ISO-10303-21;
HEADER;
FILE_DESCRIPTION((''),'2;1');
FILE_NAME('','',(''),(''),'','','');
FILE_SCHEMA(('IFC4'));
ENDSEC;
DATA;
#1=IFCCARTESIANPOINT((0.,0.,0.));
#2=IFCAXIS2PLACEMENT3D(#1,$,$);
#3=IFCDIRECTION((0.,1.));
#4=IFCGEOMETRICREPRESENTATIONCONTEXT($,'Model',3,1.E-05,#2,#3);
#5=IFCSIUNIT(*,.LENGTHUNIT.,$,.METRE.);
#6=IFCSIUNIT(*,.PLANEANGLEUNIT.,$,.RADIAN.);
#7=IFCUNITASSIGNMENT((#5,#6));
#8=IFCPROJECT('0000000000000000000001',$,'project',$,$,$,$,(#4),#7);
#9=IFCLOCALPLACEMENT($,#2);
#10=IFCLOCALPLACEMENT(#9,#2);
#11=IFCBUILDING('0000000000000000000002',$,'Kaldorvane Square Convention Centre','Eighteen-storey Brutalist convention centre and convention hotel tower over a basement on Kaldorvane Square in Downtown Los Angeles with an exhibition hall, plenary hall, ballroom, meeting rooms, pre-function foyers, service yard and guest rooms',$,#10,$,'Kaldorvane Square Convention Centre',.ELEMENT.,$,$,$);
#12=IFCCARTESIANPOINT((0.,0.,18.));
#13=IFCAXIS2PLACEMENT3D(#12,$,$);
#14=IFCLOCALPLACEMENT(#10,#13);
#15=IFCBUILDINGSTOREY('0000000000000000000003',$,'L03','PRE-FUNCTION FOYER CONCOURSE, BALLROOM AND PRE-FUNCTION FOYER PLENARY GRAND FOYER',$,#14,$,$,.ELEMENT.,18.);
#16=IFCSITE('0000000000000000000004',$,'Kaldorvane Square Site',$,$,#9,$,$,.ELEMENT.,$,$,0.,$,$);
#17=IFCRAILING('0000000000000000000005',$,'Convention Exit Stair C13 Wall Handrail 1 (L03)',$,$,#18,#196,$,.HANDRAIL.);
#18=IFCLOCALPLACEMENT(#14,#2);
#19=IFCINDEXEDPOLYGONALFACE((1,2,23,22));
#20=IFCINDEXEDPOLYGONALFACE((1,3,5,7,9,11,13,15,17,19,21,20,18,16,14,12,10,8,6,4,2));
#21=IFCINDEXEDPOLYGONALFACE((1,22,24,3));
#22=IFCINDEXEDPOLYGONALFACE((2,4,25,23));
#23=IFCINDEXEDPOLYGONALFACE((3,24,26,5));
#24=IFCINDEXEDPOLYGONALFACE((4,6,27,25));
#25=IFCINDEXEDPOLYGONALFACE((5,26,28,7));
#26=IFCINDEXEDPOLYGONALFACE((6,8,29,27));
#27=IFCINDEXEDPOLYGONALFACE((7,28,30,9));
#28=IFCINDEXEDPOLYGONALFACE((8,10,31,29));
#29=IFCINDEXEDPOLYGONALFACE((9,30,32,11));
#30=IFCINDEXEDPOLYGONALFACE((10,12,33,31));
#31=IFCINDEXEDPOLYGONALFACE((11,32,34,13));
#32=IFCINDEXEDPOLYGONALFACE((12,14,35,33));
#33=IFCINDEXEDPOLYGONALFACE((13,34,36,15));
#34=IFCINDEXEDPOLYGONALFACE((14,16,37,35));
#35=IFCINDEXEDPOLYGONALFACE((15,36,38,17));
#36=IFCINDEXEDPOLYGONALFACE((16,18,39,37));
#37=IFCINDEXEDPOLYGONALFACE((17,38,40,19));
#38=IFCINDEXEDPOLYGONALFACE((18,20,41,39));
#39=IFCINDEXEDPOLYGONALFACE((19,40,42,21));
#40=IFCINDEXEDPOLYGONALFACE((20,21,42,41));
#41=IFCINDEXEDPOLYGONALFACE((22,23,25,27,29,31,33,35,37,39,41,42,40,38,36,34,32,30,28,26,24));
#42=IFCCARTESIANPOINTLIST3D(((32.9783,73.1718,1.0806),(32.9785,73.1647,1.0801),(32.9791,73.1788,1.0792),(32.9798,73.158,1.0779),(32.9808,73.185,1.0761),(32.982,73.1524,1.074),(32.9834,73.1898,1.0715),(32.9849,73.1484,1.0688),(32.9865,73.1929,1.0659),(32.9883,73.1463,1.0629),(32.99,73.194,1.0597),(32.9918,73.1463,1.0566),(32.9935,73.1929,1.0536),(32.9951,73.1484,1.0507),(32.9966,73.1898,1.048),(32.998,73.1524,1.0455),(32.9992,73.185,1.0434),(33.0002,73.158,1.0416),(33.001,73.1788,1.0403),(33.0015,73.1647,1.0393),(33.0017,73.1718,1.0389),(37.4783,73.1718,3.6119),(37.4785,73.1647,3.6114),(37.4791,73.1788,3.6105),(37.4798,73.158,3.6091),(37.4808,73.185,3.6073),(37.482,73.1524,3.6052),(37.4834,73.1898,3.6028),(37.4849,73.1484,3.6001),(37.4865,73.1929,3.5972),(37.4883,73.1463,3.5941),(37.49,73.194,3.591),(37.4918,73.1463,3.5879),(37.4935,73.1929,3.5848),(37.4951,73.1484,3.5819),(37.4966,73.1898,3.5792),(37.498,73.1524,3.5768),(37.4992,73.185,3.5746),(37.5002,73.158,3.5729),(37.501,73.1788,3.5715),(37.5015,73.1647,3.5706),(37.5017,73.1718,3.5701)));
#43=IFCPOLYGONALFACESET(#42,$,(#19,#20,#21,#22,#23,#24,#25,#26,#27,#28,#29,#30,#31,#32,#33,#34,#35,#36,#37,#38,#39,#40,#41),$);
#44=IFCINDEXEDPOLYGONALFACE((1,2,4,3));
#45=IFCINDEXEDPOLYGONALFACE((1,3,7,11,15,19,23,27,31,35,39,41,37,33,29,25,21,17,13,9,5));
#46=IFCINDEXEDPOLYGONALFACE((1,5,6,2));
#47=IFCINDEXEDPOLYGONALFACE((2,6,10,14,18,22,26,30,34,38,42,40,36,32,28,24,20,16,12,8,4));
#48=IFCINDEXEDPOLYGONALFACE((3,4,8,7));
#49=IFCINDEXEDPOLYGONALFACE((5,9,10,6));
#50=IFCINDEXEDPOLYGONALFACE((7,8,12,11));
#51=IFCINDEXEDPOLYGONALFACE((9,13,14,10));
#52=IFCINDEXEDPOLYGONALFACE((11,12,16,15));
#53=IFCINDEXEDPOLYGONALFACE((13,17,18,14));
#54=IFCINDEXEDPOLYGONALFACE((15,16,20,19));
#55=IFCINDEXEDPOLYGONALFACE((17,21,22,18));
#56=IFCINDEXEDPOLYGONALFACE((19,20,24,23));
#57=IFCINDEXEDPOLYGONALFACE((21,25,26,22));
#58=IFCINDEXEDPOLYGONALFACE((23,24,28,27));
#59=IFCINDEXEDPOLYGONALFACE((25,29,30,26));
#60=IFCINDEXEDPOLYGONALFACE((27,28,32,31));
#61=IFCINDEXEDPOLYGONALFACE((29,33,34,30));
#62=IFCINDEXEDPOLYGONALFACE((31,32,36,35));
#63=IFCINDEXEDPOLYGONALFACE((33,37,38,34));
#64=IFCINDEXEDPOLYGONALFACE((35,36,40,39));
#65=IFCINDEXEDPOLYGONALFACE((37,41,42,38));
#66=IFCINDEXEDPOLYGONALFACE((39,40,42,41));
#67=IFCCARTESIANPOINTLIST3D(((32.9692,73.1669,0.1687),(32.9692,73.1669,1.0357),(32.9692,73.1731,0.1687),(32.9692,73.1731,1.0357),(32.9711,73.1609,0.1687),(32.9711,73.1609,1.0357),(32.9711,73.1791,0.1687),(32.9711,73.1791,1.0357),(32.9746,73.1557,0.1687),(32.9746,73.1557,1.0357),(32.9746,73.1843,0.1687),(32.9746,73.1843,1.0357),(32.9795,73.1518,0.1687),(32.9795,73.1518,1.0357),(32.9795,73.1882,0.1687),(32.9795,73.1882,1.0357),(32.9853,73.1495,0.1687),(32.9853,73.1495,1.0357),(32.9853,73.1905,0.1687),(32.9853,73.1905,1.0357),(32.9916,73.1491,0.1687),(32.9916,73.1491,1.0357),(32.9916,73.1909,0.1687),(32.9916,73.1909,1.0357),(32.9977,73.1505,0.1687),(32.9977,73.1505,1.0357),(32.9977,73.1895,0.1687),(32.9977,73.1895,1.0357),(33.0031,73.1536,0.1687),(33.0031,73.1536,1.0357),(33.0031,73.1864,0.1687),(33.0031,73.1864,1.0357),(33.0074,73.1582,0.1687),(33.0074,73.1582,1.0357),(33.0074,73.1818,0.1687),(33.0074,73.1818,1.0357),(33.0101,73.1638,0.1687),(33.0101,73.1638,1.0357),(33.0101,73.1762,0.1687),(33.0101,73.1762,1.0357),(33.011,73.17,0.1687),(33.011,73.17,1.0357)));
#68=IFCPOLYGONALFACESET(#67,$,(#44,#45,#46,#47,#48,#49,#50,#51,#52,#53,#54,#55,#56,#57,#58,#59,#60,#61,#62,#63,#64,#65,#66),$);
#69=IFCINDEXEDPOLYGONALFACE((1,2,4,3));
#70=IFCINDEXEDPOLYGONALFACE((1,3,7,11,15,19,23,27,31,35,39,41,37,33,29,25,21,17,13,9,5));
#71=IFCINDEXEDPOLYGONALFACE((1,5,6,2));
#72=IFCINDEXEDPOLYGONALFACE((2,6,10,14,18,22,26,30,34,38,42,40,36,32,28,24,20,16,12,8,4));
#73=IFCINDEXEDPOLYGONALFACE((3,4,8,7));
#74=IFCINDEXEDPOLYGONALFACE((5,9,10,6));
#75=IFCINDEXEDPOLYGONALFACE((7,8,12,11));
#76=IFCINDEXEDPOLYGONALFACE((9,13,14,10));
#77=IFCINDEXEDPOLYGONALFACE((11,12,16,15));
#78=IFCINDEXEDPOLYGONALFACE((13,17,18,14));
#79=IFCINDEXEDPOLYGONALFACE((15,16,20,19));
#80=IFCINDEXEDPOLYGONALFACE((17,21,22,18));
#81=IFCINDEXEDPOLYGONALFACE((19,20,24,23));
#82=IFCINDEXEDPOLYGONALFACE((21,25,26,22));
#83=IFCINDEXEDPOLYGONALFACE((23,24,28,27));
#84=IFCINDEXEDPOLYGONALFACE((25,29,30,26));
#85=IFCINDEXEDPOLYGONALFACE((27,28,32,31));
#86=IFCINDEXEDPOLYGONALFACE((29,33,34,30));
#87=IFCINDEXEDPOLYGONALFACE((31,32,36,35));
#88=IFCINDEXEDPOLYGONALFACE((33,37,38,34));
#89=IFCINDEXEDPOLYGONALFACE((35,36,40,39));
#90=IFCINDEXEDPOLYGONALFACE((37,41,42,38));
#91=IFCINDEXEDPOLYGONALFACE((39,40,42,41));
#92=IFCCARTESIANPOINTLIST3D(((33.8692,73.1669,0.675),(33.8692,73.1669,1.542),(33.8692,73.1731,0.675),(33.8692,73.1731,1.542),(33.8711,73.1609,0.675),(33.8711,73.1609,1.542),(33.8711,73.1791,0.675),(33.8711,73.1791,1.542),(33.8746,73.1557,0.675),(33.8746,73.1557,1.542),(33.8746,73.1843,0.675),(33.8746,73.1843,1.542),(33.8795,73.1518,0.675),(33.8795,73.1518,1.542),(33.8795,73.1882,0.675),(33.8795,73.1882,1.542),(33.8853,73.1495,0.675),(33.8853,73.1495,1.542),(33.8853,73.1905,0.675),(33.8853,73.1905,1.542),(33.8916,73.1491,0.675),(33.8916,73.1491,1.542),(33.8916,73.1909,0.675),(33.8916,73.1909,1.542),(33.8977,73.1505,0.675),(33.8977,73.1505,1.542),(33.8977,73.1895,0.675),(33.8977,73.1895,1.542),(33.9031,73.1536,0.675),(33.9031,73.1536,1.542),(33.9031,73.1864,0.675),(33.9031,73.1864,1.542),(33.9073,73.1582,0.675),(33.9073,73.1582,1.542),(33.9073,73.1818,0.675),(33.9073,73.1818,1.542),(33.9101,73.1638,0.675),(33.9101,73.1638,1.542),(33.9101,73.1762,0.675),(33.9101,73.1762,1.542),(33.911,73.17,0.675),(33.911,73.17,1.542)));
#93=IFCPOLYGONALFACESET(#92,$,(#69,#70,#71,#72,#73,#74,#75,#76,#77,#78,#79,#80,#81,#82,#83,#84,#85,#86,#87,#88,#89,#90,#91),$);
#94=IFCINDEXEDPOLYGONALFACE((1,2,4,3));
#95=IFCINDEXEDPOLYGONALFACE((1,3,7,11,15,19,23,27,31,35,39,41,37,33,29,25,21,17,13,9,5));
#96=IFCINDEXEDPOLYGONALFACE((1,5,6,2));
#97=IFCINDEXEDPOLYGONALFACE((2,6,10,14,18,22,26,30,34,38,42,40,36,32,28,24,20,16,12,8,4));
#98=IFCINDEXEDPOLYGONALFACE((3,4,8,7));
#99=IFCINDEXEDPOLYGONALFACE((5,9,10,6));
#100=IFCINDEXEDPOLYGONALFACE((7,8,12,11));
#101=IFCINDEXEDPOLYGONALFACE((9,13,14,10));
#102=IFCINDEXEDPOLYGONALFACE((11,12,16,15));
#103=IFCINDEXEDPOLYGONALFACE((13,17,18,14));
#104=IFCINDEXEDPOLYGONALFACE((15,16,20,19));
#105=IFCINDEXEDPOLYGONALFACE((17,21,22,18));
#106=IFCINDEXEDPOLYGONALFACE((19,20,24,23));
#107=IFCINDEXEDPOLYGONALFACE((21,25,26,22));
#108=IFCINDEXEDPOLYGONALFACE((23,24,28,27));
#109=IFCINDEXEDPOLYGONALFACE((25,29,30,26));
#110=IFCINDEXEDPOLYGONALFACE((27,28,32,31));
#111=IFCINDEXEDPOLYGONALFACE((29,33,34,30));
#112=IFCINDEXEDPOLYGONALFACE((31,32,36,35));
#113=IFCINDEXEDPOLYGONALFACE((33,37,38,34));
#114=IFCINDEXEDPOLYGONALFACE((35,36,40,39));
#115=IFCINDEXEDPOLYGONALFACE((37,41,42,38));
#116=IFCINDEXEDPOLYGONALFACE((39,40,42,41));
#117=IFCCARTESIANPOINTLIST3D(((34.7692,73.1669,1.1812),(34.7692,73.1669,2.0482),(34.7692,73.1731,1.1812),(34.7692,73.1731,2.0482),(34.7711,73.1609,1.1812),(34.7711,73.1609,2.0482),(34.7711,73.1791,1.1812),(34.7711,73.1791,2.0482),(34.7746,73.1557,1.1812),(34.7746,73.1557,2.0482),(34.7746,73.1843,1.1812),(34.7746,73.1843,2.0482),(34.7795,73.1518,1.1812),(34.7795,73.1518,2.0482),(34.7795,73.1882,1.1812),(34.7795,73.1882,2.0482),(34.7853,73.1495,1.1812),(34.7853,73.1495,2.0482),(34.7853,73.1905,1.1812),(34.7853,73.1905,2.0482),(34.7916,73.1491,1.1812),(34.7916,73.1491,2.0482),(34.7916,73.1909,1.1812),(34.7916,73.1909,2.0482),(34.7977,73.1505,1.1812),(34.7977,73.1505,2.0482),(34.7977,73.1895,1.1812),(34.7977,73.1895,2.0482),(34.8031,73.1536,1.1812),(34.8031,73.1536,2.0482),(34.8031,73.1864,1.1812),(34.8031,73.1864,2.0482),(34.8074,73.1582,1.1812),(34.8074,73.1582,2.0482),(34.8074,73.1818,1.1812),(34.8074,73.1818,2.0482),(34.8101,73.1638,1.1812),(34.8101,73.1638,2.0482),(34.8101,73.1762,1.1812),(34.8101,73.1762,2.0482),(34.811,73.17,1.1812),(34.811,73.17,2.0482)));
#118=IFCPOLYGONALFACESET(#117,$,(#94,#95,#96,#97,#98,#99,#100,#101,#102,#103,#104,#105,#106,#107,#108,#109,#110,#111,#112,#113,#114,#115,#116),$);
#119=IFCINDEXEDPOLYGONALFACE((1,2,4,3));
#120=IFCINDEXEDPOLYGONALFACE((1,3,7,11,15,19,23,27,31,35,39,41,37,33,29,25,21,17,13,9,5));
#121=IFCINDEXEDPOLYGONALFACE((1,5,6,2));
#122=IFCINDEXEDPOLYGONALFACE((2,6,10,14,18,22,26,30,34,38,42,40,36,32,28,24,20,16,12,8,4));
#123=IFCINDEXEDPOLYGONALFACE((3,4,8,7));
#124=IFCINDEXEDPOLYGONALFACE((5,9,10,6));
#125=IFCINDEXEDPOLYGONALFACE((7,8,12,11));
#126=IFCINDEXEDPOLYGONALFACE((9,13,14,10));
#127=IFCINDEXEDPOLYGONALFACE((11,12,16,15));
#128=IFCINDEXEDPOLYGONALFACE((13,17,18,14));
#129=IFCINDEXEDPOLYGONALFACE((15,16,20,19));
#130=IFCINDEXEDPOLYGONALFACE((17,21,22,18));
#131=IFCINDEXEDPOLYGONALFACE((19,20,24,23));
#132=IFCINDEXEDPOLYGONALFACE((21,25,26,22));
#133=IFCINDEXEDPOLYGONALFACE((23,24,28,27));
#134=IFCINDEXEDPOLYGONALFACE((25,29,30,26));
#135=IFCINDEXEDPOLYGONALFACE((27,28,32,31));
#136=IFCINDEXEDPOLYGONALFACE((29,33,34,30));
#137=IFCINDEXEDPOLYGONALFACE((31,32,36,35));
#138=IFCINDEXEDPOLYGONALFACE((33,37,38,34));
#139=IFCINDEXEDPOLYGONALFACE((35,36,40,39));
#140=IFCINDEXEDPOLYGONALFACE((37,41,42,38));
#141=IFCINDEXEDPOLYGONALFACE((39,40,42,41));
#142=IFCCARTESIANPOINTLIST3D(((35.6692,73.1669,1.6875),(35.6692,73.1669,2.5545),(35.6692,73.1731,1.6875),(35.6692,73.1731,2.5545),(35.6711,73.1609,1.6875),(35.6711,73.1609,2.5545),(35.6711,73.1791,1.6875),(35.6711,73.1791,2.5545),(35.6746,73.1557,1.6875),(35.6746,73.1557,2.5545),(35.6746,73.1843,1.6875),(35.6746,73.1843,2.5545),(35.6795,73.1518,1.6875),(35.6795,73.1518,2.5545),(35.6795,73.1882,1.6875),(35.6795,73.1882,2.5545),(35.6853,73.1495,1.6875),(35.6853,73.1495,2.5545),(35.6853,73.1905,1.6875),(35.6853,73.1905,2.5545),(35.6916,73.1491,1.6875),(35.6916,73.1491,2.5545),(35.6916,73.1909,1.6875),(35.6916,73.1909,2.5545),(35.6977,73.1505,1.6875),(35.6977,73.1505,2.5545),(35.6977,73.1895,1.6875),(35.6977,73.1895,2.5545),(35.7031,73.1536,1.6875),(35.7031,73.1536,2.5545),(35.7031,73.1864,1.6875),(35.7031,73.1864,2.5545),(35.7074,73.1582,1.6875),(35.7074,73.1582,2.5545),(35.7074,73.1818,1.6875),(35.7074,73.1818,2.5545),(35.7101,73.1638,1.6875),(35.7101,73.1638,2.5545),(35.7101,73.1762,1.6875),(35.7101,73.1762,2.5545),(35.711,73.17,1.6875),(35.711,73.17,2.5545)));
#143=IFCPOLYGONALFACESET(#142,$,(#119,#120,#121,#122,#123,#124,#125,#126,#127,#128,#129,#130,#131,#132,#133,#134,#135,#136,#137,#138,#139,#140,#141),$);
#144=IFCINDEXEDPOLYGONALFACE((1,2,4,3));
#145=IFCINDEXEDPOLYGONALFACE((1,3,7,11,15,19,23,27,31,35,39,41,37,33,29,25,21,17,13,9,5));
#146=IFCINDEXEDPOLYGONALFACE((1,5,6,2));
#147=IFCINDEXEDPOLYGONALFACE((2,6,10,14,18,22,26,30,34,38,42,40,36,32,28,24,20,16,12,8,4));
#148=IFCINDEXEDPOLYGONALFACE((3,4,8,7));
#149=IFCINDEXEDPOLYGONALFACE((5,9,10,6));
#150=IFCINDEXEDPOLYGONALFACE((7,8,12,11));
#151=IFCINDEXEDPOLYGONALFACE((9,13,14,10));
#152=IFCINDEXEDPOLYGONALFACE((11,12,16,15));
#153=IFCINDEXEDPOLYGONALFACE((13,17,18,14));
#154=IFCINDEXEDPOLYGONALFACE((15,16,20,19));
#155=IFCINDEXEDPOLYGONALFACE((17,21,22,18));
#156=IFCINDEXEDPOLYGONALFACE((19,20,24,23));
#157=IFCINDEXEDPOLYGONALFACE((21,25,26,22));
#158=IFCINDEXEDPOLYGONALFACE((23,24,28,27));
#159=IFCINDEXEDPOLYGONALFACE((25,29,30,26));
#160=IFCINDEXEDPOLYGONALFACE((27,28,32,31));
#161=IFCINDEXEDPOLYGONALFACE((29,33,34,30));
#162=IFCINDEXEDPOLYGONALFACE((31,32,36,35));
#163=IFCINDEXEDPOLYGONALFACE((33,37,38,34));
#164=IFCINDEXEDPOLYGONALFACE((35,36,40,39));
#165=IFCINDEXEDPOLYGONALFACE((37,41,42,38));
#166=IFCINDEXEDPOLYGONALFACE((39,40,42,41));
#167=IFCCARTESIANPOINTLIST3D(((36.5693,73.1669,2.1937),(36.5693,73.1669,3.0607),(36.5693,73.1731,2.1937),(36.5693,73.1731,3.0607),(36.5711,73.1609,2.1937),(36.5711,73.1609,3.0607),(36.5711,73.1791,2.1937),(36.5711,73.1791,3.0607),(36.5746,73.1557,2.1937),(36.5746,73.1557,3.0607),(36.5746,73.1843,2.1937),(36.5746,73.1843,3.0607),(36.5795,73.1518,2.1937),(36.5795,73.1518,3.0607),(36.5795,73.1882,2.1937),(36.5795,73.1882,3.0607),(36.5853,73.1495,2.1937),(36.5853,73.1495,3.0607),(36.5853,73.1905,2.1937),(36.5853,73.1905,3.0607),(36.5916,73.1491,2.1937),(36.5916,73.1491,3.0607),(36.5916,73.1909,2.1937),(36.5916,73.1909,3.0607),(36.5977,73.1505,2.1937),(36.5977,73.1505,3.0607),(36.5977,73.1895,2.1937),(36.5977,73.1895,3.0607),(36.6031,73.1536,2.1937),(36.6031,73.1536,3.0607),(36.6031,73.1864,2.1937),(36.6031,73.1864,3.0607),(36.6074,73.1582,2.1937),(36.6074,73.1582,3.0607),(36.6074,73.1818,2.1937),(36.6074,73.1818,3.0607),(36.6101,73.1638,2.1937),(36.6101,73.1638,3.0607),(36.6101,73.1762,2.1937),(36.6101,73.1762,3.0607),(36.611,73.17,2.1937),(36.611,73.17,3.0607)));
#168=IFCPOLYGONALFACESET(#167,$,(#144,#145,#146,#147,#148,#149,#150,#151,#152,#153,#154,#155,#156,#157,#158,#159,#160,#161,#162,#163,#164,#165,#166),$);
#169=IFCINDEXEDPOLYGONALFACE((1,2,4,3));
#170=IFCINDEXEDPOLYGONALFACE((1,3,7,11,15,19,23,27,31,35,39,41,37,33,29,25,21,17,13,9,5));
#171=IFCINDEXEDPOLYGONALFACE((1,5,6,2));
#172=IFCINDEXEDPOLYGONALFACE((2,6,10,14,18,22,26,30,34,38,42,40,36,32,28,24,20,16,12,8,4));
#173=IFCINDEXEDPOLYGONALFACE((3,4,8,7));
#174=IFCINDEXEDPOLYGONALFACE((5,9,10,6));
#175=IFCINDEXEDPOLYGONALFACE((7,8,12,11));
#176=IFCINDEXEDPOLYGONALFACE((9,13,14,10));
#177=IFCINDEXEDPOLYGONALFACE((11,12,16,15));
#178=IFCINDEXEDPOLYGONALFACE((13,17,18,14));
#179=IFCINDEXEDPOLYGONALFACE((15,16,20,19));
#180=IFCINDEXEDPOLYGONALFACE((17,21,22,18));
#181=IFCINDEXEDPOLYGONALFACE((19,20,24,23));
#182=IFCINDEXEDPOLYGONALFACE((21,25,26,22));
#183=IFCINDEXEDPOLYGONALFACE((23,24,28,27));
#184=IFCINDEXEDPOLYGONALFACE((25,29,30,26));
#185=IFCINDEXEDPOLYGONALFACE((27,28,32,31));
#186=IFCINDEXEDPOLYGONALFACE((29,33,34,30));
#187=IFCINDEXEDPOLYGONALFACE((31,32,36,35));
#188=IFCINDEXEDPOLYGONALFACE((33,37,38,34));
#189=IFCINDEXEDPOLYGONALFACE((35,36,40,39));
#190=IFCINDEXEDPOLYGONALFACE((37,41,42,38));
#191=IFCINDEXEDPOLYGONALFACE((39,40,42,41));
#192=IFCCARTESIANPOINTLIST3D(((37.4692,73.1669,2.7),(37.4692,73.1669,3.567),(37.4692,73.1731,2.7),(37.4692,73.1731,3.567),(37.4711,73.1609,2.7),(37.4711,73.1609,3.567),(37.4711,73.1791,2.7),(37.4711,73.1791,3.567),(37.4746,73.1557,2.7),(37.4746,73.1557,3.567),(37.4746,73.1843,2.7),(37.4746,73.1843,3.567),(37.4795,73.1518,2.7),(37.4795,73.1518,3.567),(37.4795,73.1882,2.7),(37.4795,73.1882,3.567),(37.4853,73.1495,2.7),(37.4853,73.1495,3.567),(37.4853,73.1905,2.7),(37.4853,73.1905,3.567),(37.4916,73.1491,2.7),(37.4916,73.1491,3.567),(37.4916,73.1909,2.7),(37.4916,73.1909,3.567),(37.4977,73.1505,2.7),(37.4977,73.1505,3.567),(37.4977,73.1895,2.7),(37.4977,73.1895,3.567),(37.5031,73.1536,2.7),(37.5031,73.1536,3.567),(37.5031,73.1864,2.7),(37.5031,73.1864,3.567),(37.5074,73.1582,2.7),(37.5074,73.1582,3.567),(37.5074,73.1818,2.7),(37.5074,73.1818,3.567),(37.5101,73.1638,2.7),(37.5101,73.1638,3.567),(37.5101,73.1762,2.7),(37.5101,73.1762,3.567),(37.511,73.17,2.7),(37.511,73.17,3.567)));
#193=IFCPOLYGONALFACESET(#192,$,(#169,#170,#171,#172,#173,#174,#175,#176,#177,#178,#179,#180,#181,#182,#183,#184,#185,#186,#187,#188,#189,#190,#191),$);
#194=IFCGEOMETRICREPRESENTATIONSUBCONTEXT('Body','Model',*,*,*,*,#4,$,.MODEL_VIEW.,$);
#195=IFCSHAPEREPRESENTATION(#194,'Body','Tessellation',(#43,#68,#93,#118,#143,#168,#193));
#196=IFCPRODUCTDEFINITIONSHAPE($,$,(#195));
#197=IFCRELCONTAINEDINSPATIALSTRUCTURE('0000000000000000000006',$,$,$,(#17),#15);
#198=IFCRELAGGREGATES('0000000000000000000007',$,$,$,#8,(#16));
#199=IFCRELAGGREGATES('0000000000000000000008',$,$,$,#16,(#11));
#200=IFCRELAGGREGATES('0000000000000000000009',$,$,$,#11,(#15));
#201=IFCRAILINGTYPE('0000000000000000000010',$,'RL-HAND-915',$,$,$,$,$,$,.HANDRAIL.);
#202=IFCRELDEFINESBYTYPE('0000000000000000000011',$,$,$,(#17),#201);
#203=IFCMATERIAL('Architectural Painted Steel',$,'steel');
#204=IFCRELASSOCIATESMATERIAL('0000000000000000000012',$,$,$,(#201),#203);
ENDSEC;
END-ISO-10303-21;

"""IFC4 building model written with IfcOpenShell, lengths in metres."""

from ifc_helpers import new_model, si_unit, direction, frame, origin, origin_2d, place, context, subcontext, project, spatial, circle, extrude, material, type_object, element, save


model = new_model("IFC4")

# Units and contexts
model_context = context("Model", 3, precision=1e-05, world=origin(), true_north=direction((0.0, 1.0)))
body_context = subcontext(model_context, "Body", "Model", "MODEL_VIEW")
ifc_project = project(units=[si_unit("LENGTHUNIT", "METRE"), si_unit("PLANEANGLEUNIT", "RADIAN")], contexts=[model_context])

# Site, building, storey
site_placement = place(None, origin())
site = spatial("IfcSite", under=ifc_project, at=site_placement, Name="Kaldorvane Square Site", CompositionType="ELEMENT", RefElevation=0.0)
building_placement = place(site_placement, origin())
building = spatial("IfcBuilding", under=site, at=building_placement, Name="Kaldorvane Square Convention Centre", Description="Eighteen-storey Brutalist convention centre and convention hotel tower over a basement on Kaldorvane Square in Downtown Los Angeles with an exhibition hall, plenary hall, ballroom, meeting rooms, pre-function foyers, service yard and guest rooms", LongName="Kaldorvane Square Convention Centre", CompositionType="ELEMENT")
storey_placement = place(building_placement, frame((0.0, 0.0, 18.0)))
storey = spatial("IfcBuildingStorey", under=building, at=storey_placement, Name="L03", Description="PRE-FUNCTION FOYER CONCOURSE, BALLROOM AND PRE-FUNCTION FOYER PLENARY GRAND FOYER", CompositionType="ELEMENT", Elevation=18.0)

# Railing
ifc_material_1 = material(Name="Architectural Painted Steel", Category="steel")
railing_type_1 = type_object("IfcRailingType", Name="RL-HAND-915", PredefinedType="HANDRAIL", material=ifc_material_1)
railing_1_placement = place(storey_placement, frame((32.99, 73.17, 0.1687)))
element("IfcRailing", 1, at=railing_1_placement, inside=storey, type_object=railing_type_1, Name="Convention Exit Stair C13 Wall Handrail 1 (L03)", PredefinedType="HANDRAIL", context=body_context, shape_type="SweptSolid", body=[
    extrude(circle(Radius=0.024, at=origin_2d()), frame((0.0, 0.0, 0.891), z_axis=(0.871576, 0.0, 0.490261), x_axis=(0.0, 1.0, 0.0)), (0.0, 0.0, 1.0), 5.1631),
    extrude(circle(Radius=0.021, at=origin_2d()), origin(), (0.0, 0.0, 1.0), 0.867),
    extrude(circle(Radius=0.021, at=origin_2d()), frame((0.9, 0.0, 0.5063)), (0.0, 0.0, 1.0), 0.867),
    extrude(circle(Radius=0.021, at=origin_2d()), frame((1.8, 0.0, 1.0125)), (0.0, 0.0, 1.0), 0.867),
    extrude(circle(Radius=0.021, at=origin_2d()), frame((2.7, 0.0, 1.5188)), (0.0, 0.0, 1.0), 0.867),
    extrude(circle(Radius=0.021, at=origin_2d()), frame((3.6, 0.0, 2.025)), (0.0, 0.0, 1.0), 0.867),
    extrude(circle(Radius=0.021, at=origin_2d()), frame((4.5, 0.0, 2.5312)), (0.0, 0.0, 1.0), 0.867),
])

save(model, "model.ifc")
